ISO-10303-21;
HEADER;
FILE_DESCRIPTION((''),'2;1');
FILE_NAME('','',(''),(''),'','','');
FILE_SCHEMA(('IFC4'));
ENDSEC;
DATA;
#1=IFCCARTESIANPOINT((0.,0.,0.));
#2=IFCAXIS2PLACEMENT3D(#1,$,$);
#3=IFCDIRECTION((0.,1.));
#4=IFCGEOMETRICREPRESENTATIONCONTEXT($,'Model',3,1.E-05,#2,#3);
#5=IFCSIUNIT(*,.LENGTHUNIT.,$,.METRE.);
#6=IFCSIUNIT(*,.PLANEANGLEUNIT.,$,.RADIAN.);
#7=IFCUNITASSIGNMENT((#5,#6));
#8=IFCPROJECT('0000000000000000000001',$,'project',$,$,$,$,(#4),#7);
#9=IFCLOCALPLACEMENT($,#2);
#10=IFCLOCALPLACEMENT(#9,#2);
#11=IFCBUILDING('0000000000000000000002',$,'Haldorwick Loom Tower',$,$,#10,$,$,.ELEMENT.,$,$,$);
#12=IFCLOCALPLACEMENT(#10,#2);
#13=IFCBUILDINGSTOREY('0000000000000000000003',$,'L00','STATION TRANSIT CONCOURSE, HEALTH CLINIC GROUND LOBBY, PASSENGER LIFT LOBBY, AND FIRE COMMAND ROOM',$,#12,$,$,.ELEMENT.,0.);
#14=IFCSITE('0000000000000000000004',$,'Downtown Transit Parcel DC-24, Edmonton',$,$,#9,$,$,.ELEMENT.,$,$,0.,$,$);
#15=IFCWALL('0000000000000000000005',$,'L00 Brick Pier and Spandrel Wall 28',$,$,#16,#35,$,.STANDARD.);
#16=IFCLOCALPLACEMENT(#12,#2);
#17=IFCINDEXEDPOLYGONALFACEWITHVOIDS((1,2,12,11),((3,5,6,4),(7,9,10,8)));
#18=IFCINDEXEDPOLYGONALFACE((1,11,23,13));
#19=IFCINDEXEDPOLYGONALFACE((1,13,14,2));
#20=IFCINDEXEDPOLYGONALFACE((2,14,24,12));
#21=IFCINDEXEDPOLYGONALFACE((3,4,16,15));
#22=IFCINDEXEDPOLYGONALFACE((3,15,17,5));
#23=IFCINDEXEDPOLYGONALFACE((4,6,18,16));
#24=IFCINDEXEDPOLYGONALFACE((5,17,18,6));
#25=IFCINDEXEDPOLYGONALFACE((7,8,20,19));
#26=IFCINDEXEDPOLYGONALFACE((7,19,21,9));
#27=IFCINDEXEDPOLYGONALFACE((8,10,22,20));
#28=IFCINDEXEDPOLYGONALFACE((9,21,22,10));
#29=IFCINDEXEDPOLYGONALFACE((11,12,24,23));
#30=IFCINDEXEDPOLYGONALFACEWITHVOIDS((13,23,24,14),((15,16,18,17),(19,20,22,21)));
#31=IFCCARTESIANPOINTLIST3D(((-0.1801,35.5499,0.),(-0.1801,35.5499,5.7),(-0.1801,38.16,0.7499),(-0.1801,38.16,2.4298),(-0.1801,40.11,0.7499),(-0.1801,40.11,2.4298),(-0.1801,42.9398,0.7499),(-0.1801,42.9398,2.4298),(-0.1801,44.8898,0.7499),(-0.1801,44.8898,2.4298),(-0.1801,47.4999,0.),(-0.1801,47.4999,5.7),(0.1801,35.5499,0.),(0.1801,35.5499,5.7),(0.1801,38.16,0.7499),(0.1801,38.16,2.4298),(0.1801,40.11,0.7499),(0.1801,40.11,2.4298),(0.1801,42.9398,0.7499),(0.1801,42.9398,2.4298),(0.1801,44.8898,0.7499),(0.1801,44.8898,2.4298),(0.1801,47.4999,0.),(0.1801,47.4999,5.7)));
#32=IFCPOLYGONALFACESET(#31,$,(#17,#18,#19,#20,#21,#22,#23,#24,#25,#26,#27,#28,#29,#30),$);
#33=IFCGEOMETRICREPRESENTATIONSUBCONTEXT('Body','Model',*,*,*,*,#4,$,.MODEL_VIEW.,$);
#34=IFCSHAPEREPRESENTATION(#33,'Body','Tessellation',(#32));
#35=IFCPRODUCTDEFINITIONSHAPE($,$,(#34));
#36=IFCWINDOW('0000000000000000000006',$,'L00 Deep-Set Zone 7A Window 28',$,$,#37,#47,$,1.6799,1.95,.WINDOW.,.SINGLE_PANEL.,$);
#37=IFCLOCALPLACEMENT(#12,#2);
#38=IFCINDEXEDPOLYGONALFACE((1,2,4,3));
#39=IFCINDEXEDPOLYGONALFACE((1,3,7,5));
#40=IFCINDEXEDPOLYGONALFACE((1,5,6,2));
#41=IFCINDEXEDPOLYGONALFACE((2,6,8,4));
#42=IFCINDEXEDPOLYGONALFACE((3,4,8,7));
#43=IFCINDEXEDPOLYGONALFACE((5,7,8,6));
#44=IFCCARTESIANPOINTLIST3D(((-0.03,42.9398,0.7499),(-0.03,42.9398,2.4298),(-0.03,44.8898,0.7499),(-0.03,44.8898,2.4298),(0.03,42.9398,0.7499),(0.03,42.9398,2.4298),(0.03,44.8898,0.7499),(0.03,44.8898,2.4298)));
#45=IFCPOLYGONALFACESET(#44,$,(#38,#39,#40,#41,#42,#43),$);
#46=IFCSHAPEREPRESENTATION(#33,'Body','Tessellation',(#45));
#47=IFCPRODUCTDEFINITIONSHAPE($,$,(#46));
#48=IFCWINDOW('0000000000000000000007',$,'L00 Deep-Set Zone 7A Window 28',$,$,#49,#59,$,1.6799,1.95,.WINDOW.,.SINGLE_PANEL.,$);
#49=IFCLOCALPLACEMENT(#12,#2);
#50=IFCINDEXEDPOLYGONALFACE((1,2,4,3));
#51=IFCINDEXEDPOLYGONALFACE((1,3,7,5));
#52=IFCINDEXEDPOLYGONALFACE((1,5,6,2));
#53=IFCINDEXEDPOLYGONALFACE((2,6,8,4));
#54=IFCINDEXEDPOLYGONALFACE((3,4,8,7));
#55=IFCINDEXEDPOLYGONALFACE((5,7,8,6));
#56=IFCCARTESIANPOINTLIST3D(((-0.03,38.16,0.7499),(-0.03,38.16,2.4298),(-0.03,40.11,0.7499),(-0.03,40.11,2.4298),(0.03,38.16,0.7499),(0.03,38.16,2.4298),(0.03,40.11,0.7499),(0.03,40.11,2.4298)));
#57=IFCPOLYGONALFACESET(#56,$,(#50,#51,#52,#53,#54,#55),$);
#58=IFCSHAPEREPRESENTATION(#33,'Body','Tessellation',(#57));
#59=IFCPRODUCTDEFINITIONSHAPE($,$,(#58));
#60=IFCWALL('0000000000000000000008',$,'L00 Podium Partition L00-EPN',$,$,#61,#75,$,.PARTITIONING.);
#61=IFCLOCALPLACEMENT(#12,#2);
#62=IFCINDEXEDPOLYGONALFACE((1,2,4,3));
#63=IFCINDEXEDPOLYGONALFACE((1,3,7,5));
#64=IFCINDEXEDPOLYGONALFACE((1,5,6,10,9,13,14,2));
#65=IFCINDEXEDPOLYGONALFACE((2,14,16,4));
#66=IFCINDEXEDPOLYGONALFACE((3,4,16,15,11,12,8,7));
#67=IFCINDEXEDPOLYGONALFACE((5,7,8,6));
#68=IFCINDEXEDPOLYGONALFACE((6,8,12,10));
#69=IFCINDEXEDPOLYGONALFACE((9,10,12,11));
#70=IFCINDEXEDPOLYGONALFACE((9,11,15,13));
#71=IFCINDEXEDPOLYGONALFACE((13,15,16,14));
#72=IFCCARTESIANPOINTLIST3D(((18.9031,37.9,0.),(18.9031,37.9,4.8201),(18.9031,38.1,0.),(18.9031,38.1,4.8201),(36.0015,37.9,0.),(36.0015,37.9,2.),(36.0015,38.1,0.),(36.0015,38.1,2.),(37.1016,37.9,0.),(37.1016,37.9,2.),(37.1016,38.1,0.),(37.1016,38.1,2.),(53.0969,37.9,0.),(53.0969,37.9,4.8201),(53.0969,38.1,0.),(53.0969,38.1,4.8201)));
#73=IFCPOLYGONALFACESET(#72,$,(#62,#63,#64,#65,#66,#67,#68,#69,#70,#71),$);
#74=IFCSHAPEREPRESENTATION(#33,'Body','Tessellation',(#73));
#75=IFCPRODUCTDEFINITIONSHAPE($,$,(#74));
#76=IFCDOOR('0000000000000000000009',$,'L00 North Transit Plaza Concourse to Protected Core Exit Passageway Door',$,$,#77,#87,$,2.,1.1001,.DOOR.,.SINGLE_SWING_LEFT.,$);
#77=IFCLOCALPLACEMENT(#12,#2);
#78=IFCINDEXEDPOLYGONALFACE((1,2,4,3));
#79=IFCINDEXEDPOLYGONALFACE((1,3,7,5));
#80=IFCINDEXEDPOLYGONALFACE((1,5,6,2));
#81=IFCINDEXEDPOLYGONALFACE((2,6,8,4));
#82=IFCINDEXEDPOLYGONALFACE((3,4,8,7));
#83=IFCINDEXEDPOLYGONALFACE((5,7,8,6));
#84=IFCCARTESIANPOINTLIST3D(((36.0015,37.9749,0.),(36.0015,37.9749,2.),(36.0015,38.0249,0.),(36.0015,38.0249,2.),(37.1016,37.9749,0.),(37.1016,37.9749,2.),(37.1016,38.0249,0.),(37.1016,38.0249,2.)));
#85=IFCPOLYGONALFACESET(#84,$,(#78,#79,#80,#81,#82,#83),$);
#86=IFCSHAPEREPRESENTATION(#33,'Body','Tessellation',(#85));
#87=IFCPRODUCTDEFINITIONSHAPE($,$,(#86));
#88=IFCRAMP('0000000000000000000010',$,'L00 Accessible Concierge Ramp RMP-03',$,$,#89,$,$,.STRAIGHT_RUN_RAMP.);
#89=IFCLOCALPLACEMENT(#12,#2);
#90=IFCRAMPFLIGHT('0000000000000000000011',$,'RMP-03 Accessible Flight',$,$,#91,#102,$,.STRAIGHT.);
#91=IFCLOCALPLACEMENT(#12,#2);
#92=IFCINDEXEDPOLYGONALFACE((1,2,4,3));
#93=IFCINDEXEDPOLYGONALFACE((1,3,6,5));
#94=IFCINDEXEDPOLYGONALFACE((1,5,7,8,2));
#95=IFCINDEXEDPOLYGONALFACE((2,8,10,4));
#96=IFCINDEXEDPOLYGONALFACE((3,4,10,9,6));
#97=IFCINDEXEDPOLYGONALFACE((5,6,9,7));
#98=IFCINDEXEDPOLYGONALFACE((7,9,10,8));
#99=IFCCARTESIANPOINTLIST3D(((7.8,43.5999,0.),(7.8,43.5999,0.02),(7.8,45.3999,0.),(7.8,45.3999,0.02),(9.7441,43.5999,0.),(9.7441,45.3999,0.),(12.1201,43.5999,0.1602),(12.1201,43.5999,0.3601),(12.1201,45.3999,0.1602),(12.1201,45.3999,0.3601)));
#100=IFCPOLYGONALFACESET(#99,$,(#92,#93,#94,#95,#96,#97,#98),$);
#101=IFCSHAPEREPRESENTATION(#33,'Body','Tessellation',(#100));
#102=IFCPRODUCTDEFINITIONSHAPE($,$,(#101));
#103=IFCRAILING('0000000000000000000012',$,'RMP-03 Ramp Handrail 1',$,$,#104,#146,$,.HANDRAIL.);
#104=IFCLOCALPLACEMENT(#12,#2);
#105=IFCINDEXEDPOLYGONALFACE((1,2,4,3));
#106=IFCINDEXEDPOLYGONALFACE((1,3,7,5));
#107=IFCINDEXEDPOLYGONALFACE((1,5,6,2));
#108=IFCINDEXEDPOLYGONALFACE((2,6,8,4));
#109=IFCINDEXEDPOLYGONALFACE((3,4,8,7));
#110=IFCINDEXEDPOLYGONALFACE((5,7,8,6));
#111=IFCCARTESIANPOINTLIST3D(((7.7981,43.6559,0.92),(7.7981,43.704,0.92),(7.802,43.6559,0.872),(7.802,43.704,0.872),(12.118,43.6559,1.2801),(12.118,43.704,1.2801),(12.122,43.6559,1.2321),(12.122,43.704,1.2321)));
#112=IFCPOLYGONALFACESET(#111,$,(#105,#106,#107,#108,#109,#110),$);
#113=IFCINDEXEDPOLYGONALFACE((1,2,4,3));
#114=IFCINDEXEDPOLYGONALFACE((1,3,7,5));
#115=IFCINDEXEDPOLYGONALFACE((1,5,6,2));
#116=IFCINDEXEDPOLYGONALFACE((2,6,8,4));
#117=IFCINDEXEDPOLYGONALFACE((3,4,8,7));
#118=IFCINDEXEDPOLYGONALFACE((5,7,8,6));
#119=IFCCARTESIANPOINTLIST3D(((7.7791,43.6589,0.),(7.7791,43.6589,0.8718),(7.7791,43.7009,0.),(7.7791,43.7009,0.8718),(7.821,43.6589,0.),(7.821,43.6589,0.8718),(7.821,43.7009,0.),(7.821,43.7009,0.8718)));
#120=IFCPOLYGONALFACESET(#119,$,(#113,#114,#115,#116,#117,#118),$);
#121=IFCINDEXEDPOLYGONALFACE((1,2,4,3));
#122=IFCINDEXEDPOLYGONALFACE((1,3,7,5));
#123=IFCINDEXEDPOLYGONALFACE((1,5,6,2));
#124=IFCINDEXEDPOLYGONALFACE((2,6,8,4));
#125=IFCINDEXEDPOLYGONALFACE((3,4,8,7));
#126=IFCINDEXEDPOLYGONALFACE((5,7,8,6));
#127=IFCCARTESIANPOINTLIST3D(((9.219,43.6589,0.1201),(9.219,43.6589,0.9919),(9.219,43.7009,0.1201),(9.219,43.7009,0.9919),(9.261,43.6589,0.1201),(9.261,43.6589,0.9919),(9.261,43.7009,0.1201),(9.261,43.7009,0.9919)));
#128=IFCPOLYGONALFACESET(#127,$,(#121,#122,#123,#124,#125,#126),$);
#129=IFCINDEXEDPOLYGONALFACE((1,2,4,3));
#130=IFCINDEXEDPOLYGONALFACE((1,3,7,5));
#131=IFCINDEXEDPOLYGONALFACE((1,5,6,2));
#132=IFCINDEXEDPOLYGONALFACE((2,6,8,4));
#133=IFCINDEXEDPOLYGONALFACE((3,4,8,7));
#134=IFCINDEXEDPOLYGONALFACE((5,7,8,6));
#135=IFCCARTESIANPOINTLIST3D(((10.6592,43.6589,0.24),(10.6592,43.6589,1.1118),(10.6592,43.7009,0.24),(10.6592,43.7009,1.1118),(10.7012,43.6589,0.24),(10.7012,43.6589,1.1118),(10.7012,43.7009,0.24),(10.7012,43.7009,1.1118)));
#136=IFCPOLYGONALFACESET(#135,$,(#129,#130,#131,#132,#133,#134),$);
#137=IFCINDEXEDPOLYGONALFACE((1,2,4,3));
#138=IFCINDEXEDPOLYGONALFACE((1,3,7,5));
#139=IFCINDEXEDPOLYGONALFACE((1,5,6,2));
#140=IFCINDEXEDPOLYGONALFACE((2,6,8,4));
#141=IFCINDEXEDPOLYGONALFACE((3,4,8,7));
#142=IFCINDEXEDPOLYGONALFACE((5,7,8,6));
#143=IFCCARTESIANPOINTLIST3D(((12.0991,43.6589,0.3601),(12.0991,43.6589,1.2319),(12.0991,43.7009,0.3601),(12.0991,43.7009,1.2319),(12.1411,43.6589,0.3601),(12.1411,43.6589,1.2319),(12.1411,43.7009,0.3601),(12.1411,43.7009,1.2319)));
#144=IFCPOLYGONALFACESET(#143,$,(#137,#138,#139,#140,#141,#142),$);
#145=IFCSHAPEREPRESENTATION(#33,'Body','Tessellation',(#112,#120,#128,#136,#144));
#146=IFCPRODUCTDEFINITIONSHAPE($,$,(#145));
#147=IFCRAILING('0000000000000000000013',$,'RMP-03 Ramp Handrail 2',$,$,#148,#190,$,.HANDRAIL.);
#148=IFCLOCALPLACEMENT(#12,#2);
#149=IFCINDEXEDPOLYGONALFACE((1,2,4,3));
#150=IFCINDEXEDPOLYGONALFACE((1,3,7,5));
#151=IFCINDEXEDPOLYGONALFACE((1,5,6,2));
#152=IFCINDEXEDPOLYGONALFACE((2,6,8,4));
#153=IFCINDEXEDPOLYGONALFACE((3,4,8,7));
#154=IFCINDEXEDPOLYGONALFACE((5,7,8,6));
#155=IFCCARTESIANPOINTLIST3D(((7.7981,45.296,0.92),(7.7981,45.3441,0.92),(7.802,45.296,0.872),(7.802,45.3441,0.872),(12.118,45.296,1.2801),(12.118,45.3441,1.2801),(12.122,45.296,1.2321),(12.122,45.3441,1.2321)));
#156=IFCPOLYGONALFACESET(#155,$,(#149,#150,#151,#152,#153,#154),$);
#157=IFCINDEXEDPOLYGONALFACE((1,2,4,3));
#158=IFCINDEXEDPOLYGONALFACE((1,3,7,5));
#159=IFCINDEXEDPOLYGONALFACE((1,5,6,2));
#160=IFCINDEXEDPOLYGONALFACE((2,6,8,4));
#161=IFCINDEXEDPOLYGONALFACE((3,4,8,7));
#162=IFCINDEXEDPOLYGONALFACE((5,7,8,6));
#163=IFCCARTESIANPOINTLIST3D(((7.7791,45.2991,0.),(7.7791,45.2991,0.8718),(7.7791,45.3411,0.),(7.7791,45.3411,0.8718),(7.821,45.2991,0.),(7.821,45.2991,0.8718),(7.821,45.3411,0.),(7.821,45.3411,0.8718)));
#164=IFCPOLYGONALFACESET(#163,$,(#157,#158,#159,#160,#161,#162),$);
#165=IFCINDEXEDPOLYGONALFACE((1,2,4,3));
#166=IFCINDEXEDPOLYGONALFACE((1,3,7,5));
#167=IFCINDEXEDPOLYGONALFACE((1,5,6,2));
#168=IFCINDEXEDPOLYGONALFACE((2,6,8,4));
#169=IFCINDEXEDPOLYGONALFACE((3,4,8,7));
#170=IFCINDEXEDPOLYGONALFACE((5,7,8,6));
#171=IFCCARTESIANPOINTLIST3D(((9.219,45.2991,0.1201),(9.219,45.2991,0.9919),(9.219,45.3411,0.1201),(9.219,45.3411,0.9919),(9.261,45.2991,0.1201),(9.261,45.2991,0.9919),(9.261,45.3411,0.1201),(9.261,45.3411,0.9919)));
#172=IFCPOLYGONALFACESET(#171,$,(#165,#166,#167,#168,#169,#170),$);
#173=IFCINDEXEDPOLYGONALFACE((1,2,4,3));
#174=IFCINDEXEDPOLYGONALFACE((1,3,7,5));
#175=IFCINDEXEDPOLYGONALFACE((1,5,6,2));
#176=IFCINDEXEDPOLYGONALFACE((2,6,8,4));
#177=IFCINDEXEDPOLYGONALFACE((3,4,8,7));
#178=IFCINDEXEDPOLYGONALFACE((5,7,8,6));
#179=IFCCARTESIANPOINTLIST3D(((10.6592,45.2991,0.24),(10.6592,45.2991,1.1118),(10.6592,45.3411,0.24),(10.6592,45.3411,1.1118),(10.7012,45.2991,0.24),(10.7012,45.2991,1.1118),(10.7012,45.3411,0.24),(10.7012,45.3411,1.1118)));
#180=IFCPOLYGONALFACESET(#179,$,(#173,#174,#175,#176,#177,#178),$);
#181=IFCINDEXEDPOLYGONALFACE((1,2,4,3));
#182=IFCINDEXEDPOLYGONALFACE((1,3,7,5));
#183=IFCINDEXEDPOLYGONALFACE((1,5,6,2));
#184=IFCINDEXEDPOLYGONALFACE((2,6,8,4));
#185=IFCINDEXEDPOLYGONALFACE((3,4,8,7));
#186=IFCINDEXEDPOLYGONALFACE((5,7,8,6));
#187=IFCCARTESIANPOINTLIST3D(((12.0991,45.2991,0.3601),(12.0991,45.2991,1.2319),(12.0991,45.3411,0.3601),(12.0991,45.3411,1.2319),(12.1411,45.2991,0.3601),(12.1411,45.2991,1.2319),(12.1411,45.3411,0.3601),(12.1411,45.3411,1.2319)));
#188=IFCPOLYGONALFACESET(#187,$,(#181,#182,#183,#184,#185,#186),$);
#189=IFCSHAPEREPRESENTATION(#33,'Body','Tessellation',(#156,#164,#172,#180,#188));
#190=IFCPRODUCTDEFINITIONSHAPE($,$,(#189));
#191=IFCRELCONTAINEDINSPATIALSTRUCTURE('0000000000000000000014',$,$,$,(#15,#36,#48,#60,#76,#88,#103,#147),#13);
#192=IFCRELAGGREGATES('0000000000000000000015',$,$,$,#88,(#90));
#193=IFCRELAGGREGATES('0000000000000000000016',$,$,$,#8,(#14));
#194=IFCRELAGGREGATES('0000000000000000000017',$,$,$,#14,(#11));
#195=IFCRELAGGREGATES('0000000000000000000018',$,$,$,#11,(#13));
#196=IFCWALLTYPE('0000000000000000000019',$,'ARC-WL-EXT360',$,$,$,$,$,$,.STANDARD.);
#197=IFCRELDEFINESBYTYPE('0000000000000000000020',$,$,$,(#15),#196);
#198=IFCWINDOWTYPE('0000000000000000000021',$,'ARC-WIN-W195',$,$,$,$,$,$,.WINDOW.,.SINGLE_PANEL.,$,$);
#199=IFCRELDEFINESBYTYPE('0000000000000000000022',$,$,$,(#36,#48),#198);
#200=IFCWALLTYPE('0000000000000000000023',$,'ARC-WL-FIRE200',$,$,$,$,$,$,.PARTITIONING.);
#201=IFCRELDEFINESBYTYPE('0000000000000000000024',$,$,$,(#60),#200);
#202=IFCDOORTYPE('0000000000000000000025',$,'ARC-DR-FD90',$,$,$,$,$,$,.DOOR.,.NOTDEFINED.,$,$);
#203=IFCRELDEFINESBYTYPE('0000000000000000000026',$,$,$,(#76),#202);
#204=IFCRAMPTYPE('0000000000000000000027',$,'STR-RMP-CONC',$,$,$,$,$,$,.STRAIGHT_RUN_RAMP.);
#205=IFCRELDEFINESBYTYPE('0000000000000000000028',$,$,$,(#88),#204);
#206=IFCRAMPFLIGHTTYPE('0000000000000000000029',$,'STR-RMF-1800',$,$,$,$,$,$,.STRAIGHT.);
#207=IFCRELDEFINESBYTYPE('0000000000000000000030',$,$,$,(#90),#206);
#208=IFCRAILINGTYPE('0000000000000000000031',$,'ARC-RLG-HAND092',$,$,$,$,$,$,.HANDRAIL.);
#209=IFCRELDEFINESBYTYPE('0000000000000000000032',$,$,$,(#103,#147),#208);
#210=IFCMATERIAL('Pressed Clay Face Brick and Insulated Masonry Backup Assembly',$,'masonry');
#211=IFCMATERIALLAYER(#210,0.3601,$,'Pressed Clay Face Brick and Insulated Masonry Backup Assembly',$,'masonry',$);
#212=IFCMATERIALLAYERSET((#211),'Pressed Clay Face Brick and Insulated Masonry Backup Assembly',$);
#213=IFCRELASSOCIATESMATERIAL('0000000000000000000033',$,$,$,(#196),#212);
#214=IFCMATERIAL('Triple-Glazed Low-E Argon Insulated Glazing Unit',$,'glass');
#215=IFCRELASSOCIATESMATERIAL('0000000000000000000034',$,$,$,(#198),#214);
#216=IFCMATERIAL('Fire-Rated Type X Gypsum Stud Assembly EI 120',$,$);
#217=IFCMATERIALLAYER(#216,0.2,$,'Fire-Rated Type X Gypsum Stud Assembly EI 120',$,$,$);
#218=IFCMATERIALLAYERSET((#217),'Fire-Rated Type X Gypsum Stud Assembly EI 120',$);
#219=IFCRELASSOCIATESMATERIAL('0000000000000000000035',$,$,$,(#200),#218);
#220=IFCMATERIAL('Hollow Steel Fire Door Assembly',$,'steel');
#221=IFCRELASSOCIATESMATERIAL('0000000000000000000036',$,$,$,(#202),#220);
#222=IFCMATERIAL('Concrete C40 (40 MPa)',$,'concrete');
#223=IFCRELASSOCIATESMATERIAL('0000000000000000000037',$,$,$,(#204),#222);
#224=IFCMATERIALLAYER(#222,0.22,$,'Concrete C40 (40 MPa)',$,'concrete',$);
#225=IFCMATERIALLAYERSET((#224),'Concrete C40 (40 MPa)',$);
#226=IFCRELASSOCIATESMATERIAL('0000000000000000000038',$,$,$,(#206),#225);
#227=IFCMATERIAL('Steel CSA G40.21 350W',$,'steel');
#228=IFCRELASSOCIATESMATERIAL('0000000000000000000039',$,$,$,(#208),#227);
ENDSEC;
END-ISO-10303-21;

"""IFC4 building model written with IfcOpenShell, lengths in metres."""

from ifc_helpers import new_model, si_unit, direction, frame, frame_2d, origin, origin_2d, place, context, subcontext, project, spatial, polyline, rectangle, outline, extrude, material, layer, layer_set, type_object, element, fill, aggregate, save


model = new_model("IFC4")

# Units and contexts
model_context = context("Model", 3, precision=1e-05, world=origin(), true_north=direction((0.0, 1.0)))
body_context = subcontext(model_context, "Body", "Model", "MODEL_VIEW")
ifc_project = project(units=[si_unit("LENGTHUNIT", "METRE"), si_unit("PLANEANGLEUNIT", "RADIAN")], contexts=[model_context])

# Site, building, storey
site_placement = place(None, origin())
site = spatial("IfcSite", under=ifc_project, at=site_placement, Name="Downtown Transit Parcel DC-24, Edmonton", CompositionType="ELEMENT", RefElevation=0.0)
building_placement = place(site_placement, origin())
building = spatial("IfcBuilding", under=site, at=building_placement, Name="Haldorwick Loom Tower", CompositionType="ELEMENT")
storey_placement = place(building_placement, origin())
storey = spatial("IfcBuildingStorey", under=building, at=storey_placement, Name="L00", Description="STATION TRANSIT CONCOURSE, HEALTH CLINIC GROUND LOBBY, PASSENGER LIFT LOBBY, AND FIRE COMMAND ROOM", CompositionType="ELEMENT", Elevation=0.0)

# Shared definitions
ifc_material_1 = material(Name="Steel CSA G40.21 350W", Category="steel")

# Shared definitions
ifc_material_2 = material(Name="Pressed Clay Face Brick and Insulated Masonry Backup Assembly", Category="masonry")
ifc_layer_1 = layer(ifc_material_2, 0.3601, Name="Pressed Clay Face Brick and Insulated Masonry Backup Assembly", Category="masonry")
ifc_layer_set_1 = layer_set([ifc_layer_1], Name="Pressed Clay Face Brick and Insulated Masonry Backup Assembly")
wall_type_1 = type_object("IfcWallType", Name="ARC-WL-EXT360", PredefinedType="STANDARD", material=ifc_layer_set_1)
ifc_material_3 = material(Name="Triple-Glazed Low-E Argon Insulated Glazing Unit", Category="glass")
window_type = type_object("IfcWindowType", Name="ARC-WIN-W195", PartitioningType="SINGLE_PANEL", PredefinedType="WINDOW", material=ifc_material_3)

# Wall, openings, windows
wall_1_placement = place(storey_placement, frame((0.0, 47.5, 0.0), z_axis=(0.0, 0.0, 1.0), x_axis=(0.0, -1.0, 0.0)))
wall_1 = element("IfcWall", 1, at=wall_1_placement, inside=storey, type_object=wall_type_1, Name="L00 Brick Pier and Spandrel Wall 28", PredefinedType="STANDARD", context=body_context, shape_type="SweptSolid", body=[
    extrude(rectangle(XDim=11.95, YDim=0.3601, at=frame_2d((5.9751, 0.0))), origin(), (0.0, 0.0, 1.0), 5.7),
])
opening_1_placement = place(wall_1_placement, frame((2.6101, 0.0, 0.75)))
opening_1 = element("IfcOpeningElement", 2, at=opening_1_placement, cuts=wall_1, PredefinedType="OPENING", context=body_context, shape_type="SweptSolid", body=[
    extrude(rectangle(XDim=1.95, YDim=1.6799, at=frame_2d((0.9751, 0.8398))), frame((0.0, 0.1899, 0.0), z_axis=(0.0, -1.0, 0.0), x_axis=(1.0, 0.0, 0.0)), (0.0, 0.0, 1.0), 0.3801),
])
opening_2_placement = place(wall_1_placement, frame((7.3899, 0.0, 0.75)))
opening_2 = element("IfcOpeningElement", 3, at=opening_2_placement, cuts=wall_1, PredefinedType="OPENING", context=body_context, shape_type="SweptSolid", body=[
    extrude(rectangle(XDim=1.95, YDim=1.6799, at=frame_2d((0.9751, 0.8398))), frame((0.0, 0.1899, 0.0), z_axis=(0.0, -1.0, 0.0), x_axis=(1.0, 0.0, 0.0)), (0.0, 0.0, 1.0), 0.3801),
])
window_1_placement = place(opening_1_placement, origin())
window_1 = element("IfcWindow", 4, at=window_1_placement, inside=storey, type_object=window_type, Name="L00 Deep-Set Zone 7A Window 28", OverallHeight=1.6799, OverallWidth=1.95, PartitioningType="SINGLE_PANEL", PredefinedType="WINDOW", context=body_context, shape_type="SweptSolid", body=[
    extrude(rectangle(XDim=1.95, YDim=1.6799, at=frame_2d((0.9751, 0.8398))), frame((0.0, 0.03, 0.0), z_axis=(0.0, -1.0, 0.0), x_axis=(1.0, 0.0, 0.0)), (0.0, 0.0, 1.0), 0.0601),
])
fill(opening_1, window_1)
window_2_placement = place(opening_2_placement, origin())
window_2 = element("IfcWindow", 5, at=window_2_placement, inside=storey, type_object=window_type, Name="L00 Deep-Set Zone 7A Window 28", OverallHeight=1.6799, OverallWidth=1.95, PartitioningType="SINGLE_PANEL", PredefinedType="WINDOW", context=body_context, shape_type="SweptSolid", body=[
    extrude(rectangle(XDim=1.95, YDim=1.6799, at=frame_2d((0.9751, 0.8398))), frame((0.0, 0.03, 0.0), z_axis=(0.0, -1.0, 0.0), x_axis=(1.0, 0.0, 0.0)), (0.0, 0.0, 1.0), 0.0601),
])
fill(opening_2, window_2)

# Wall, opening, door
ifc_material_4 = material(Name="Fire-Rated Type X Gypsum Stud Assembly EI 120")
ifc_layer_2 = layer(ifc_material_4, 0.2, Name="Fire-Rated Type X Gypsum Stud Assembly EI 120")
ifc_layer_set_2 = layer_set([ifc_layer_2], Name="Fire-Rated Type X Gypsum Stud Assembly EI 120")
wall_type_2 = type_object("IfcWallType", Name="ARC-WL-FIRE200", PredefinedType="PARTITIONING", material=ifc_layer_set_2)
wall_2_placement = place(storey_placement, frame((18.9031, 38.0, 0.0), z_axis=(0.0, 0.0, 1.0), x_axis=(1.0, 0.0, 0.0)))
wall_2 = element("IfcWall", 6, at=wall_2_placement, inside=storey, type_object=wall_type_2, Name="L00 Podium Partition L00-EPN", PredefinedType="PARTITIONING", context=body_context, shape_type="SweptSolid", body=[
    extrude(rectangle(XDim=34.1938, YDim=0.2, at=frame_2d((17.0969, 0.0))), origin(), (0.0, 0.0, 1.0), 4.8201),
])
opening_3_placement = place(wall_2_placement, frame((17.0984, 0.0, 0.0)))
opening_3 = element("IfcOpeningElement", 7, at=opening_3_placement, cuts=wall_2, PredefinedType="OPENING", context=body_context, shape_type="SweptSolid", body=[
    extrude(rectangle(XDim=1.1001, YDim=2.0, at=frame_2d((0.55, 1.0))), frame((0.0, 0.1099, 0.0), z_axis=(0.0, -1.0, 0.0), x_axis=(1.0, 0.0, 0.0)), (0.0, 0.0, 1.0), 0.22),
])
ifc_material_5 = material(Name="Hollow Steel Fire Door Assembly", Category="steel")
door_type = type_object("IfcDoorType", Name="ARC-DR-FD90", OperationType="NOTDEFINED", PredefinedType="DOOR", material=ifc_material_5)
door_placement = place(opening_3_placement, origin())
door = element("IfcDoor", 8, at=door_placement, inside=storey, type_object=door_type, Name="L00 North Transit Plaza Concourse to Protected Core Exit Passageway Door", OperationType="SINGLE_SWING_LEFT", OverallHeight=2.0, OverallWidth=1.1001, PredefinedType="DOOR", context=body_context, shape_type="SweptSolid", body=[
    extrude(rectangle(XDim=1.1001, YDim=2.0, at=frame_2d((0.55, 1.0))), frame((0.0, 0.0249, 0.0), z_axis=(0.0, -1.0, 0.0), x_axis=(1.0, 0.0, 0.0)), (0.0, 0.0, 1.0), 0.05),
])
fill(opening_3, door)

# Ramp, ramp flight
ifc_material_6 = material(Name="Concrete C40 (40 MPa)", Category="concrete")
ramp_type = type_object("IfcRampType", Name="STR-RMP-CONC", PredefinedType="STRAIGHT_RUN_RAMP", material=ifc_material_6)
ramp_placement = place(storey_placement, origin())
ramp = element("IfcRamp", 9, at=ramp_placement, inside=storey, type_object=ramp_type, Name="L00 Accessible Concierge Ramp RMP-03", PredefinedType="STRAIGHT_RUN_RAMP")
ifc_layer_3 = layer(ifc_material_6, 0.22, Name="Concrete C40 (40 MPa)", Category="concrete")
ifc_layer_set_3 = layer_set([ifc_layer_3], Name="Concrete C40 (40 MPa)")
ramp_flight_type = type_object("IfcRampFlightType", Name="STR-RMF-1800", PredefinedType="STRAIGHT", material=ifc_layer_set_3)
ramp_flight_placement = place(storey_placement, frame((7.8, 44.5, 0.0), z_axis=(0.0, 0.0, 1.0), x_axis=(1.0, 0.0, 0.0)))
ramp_flight = element("IfcRampFlight", 10, at=ramp_flight_placement, type_object=ramp_flight_type, Name="RMP-03 Accessible Flight", PredefinedType="STRAIGHT", context=body_context, shape_type="SweptSolid", body=[
    extrude(outline(polyline([(0.0, 0.0), (0.0, 0.02), (4.3201, 0.3601), (4.3201, 0.1602), (1.9441, 0.0), (0.0, 0.0)])), frame((0.0, 0.8999, 0.0), z_axis=(0.0, -1.0, 0.0), x_axis=(1.0, 0.0, 0.0)), (0.0, 0.0, 1.0), 1.8),
])
aggregate(ramp, [ramp_flight])

# Railings
railing_type = type_object("IfcRailingType", Name="ARC-RLG-HAND092", PredefinedType="HANDRAIL", material=ifc_material_1)
for number, where, name in (
    (11, (7.8, 43.6799, 0.0), "RMP-03 Ramp Handrail 1"),
    (12, (7.8, 45.3201, 0.0), "RMP-03 Ramp Handrail 2"),
):
    element("IfcRailing", number, at=place(storey_placement, frame(where)), inside=storey, type_object=railing_type, Name=name, PredefinedType="HANDRAIL", context=body_context, shape_type="SweptSolid", body=[
        extrude(rectangle(XDim=0.0481, YDim=0.0481, at=origin_2d()), frame((0.0, 0.0, 0.896), z_axis=(0.996544, 0.0, 0.083069), x_axis=(0.0, 1.0, 0.0)), (0.0, 0.0, 1.0), 4.335),
        extrude(rectangle(XDim=0.042, YDim=0.042, at=origin_2d()), origin(), (0.0, 0.0, 1.0), 0.8718),
        extrude(rectangle(XDim=0.042, YDim=0.042, at=origin_2d()), frame((1.4399, 0.0, 0.1201)), (0.0, 0.0, 1.0), 0.8718),
        extrude(rectangle(XDim=0.042, YDim=0.042, at=origin_2d()), frame((2.8801, 0.0, 0.24)), (0.0, 0.0, 1.0), 0.8718),
        extrude(rectangle(XDim=0.042, YDim=0.042, at=origin_2d()), frame((4.3201, 0.0, 0.3601)), (0.0, 0.0, 1.0), 0.8718),
    ])

save(model, "model.ifc")
